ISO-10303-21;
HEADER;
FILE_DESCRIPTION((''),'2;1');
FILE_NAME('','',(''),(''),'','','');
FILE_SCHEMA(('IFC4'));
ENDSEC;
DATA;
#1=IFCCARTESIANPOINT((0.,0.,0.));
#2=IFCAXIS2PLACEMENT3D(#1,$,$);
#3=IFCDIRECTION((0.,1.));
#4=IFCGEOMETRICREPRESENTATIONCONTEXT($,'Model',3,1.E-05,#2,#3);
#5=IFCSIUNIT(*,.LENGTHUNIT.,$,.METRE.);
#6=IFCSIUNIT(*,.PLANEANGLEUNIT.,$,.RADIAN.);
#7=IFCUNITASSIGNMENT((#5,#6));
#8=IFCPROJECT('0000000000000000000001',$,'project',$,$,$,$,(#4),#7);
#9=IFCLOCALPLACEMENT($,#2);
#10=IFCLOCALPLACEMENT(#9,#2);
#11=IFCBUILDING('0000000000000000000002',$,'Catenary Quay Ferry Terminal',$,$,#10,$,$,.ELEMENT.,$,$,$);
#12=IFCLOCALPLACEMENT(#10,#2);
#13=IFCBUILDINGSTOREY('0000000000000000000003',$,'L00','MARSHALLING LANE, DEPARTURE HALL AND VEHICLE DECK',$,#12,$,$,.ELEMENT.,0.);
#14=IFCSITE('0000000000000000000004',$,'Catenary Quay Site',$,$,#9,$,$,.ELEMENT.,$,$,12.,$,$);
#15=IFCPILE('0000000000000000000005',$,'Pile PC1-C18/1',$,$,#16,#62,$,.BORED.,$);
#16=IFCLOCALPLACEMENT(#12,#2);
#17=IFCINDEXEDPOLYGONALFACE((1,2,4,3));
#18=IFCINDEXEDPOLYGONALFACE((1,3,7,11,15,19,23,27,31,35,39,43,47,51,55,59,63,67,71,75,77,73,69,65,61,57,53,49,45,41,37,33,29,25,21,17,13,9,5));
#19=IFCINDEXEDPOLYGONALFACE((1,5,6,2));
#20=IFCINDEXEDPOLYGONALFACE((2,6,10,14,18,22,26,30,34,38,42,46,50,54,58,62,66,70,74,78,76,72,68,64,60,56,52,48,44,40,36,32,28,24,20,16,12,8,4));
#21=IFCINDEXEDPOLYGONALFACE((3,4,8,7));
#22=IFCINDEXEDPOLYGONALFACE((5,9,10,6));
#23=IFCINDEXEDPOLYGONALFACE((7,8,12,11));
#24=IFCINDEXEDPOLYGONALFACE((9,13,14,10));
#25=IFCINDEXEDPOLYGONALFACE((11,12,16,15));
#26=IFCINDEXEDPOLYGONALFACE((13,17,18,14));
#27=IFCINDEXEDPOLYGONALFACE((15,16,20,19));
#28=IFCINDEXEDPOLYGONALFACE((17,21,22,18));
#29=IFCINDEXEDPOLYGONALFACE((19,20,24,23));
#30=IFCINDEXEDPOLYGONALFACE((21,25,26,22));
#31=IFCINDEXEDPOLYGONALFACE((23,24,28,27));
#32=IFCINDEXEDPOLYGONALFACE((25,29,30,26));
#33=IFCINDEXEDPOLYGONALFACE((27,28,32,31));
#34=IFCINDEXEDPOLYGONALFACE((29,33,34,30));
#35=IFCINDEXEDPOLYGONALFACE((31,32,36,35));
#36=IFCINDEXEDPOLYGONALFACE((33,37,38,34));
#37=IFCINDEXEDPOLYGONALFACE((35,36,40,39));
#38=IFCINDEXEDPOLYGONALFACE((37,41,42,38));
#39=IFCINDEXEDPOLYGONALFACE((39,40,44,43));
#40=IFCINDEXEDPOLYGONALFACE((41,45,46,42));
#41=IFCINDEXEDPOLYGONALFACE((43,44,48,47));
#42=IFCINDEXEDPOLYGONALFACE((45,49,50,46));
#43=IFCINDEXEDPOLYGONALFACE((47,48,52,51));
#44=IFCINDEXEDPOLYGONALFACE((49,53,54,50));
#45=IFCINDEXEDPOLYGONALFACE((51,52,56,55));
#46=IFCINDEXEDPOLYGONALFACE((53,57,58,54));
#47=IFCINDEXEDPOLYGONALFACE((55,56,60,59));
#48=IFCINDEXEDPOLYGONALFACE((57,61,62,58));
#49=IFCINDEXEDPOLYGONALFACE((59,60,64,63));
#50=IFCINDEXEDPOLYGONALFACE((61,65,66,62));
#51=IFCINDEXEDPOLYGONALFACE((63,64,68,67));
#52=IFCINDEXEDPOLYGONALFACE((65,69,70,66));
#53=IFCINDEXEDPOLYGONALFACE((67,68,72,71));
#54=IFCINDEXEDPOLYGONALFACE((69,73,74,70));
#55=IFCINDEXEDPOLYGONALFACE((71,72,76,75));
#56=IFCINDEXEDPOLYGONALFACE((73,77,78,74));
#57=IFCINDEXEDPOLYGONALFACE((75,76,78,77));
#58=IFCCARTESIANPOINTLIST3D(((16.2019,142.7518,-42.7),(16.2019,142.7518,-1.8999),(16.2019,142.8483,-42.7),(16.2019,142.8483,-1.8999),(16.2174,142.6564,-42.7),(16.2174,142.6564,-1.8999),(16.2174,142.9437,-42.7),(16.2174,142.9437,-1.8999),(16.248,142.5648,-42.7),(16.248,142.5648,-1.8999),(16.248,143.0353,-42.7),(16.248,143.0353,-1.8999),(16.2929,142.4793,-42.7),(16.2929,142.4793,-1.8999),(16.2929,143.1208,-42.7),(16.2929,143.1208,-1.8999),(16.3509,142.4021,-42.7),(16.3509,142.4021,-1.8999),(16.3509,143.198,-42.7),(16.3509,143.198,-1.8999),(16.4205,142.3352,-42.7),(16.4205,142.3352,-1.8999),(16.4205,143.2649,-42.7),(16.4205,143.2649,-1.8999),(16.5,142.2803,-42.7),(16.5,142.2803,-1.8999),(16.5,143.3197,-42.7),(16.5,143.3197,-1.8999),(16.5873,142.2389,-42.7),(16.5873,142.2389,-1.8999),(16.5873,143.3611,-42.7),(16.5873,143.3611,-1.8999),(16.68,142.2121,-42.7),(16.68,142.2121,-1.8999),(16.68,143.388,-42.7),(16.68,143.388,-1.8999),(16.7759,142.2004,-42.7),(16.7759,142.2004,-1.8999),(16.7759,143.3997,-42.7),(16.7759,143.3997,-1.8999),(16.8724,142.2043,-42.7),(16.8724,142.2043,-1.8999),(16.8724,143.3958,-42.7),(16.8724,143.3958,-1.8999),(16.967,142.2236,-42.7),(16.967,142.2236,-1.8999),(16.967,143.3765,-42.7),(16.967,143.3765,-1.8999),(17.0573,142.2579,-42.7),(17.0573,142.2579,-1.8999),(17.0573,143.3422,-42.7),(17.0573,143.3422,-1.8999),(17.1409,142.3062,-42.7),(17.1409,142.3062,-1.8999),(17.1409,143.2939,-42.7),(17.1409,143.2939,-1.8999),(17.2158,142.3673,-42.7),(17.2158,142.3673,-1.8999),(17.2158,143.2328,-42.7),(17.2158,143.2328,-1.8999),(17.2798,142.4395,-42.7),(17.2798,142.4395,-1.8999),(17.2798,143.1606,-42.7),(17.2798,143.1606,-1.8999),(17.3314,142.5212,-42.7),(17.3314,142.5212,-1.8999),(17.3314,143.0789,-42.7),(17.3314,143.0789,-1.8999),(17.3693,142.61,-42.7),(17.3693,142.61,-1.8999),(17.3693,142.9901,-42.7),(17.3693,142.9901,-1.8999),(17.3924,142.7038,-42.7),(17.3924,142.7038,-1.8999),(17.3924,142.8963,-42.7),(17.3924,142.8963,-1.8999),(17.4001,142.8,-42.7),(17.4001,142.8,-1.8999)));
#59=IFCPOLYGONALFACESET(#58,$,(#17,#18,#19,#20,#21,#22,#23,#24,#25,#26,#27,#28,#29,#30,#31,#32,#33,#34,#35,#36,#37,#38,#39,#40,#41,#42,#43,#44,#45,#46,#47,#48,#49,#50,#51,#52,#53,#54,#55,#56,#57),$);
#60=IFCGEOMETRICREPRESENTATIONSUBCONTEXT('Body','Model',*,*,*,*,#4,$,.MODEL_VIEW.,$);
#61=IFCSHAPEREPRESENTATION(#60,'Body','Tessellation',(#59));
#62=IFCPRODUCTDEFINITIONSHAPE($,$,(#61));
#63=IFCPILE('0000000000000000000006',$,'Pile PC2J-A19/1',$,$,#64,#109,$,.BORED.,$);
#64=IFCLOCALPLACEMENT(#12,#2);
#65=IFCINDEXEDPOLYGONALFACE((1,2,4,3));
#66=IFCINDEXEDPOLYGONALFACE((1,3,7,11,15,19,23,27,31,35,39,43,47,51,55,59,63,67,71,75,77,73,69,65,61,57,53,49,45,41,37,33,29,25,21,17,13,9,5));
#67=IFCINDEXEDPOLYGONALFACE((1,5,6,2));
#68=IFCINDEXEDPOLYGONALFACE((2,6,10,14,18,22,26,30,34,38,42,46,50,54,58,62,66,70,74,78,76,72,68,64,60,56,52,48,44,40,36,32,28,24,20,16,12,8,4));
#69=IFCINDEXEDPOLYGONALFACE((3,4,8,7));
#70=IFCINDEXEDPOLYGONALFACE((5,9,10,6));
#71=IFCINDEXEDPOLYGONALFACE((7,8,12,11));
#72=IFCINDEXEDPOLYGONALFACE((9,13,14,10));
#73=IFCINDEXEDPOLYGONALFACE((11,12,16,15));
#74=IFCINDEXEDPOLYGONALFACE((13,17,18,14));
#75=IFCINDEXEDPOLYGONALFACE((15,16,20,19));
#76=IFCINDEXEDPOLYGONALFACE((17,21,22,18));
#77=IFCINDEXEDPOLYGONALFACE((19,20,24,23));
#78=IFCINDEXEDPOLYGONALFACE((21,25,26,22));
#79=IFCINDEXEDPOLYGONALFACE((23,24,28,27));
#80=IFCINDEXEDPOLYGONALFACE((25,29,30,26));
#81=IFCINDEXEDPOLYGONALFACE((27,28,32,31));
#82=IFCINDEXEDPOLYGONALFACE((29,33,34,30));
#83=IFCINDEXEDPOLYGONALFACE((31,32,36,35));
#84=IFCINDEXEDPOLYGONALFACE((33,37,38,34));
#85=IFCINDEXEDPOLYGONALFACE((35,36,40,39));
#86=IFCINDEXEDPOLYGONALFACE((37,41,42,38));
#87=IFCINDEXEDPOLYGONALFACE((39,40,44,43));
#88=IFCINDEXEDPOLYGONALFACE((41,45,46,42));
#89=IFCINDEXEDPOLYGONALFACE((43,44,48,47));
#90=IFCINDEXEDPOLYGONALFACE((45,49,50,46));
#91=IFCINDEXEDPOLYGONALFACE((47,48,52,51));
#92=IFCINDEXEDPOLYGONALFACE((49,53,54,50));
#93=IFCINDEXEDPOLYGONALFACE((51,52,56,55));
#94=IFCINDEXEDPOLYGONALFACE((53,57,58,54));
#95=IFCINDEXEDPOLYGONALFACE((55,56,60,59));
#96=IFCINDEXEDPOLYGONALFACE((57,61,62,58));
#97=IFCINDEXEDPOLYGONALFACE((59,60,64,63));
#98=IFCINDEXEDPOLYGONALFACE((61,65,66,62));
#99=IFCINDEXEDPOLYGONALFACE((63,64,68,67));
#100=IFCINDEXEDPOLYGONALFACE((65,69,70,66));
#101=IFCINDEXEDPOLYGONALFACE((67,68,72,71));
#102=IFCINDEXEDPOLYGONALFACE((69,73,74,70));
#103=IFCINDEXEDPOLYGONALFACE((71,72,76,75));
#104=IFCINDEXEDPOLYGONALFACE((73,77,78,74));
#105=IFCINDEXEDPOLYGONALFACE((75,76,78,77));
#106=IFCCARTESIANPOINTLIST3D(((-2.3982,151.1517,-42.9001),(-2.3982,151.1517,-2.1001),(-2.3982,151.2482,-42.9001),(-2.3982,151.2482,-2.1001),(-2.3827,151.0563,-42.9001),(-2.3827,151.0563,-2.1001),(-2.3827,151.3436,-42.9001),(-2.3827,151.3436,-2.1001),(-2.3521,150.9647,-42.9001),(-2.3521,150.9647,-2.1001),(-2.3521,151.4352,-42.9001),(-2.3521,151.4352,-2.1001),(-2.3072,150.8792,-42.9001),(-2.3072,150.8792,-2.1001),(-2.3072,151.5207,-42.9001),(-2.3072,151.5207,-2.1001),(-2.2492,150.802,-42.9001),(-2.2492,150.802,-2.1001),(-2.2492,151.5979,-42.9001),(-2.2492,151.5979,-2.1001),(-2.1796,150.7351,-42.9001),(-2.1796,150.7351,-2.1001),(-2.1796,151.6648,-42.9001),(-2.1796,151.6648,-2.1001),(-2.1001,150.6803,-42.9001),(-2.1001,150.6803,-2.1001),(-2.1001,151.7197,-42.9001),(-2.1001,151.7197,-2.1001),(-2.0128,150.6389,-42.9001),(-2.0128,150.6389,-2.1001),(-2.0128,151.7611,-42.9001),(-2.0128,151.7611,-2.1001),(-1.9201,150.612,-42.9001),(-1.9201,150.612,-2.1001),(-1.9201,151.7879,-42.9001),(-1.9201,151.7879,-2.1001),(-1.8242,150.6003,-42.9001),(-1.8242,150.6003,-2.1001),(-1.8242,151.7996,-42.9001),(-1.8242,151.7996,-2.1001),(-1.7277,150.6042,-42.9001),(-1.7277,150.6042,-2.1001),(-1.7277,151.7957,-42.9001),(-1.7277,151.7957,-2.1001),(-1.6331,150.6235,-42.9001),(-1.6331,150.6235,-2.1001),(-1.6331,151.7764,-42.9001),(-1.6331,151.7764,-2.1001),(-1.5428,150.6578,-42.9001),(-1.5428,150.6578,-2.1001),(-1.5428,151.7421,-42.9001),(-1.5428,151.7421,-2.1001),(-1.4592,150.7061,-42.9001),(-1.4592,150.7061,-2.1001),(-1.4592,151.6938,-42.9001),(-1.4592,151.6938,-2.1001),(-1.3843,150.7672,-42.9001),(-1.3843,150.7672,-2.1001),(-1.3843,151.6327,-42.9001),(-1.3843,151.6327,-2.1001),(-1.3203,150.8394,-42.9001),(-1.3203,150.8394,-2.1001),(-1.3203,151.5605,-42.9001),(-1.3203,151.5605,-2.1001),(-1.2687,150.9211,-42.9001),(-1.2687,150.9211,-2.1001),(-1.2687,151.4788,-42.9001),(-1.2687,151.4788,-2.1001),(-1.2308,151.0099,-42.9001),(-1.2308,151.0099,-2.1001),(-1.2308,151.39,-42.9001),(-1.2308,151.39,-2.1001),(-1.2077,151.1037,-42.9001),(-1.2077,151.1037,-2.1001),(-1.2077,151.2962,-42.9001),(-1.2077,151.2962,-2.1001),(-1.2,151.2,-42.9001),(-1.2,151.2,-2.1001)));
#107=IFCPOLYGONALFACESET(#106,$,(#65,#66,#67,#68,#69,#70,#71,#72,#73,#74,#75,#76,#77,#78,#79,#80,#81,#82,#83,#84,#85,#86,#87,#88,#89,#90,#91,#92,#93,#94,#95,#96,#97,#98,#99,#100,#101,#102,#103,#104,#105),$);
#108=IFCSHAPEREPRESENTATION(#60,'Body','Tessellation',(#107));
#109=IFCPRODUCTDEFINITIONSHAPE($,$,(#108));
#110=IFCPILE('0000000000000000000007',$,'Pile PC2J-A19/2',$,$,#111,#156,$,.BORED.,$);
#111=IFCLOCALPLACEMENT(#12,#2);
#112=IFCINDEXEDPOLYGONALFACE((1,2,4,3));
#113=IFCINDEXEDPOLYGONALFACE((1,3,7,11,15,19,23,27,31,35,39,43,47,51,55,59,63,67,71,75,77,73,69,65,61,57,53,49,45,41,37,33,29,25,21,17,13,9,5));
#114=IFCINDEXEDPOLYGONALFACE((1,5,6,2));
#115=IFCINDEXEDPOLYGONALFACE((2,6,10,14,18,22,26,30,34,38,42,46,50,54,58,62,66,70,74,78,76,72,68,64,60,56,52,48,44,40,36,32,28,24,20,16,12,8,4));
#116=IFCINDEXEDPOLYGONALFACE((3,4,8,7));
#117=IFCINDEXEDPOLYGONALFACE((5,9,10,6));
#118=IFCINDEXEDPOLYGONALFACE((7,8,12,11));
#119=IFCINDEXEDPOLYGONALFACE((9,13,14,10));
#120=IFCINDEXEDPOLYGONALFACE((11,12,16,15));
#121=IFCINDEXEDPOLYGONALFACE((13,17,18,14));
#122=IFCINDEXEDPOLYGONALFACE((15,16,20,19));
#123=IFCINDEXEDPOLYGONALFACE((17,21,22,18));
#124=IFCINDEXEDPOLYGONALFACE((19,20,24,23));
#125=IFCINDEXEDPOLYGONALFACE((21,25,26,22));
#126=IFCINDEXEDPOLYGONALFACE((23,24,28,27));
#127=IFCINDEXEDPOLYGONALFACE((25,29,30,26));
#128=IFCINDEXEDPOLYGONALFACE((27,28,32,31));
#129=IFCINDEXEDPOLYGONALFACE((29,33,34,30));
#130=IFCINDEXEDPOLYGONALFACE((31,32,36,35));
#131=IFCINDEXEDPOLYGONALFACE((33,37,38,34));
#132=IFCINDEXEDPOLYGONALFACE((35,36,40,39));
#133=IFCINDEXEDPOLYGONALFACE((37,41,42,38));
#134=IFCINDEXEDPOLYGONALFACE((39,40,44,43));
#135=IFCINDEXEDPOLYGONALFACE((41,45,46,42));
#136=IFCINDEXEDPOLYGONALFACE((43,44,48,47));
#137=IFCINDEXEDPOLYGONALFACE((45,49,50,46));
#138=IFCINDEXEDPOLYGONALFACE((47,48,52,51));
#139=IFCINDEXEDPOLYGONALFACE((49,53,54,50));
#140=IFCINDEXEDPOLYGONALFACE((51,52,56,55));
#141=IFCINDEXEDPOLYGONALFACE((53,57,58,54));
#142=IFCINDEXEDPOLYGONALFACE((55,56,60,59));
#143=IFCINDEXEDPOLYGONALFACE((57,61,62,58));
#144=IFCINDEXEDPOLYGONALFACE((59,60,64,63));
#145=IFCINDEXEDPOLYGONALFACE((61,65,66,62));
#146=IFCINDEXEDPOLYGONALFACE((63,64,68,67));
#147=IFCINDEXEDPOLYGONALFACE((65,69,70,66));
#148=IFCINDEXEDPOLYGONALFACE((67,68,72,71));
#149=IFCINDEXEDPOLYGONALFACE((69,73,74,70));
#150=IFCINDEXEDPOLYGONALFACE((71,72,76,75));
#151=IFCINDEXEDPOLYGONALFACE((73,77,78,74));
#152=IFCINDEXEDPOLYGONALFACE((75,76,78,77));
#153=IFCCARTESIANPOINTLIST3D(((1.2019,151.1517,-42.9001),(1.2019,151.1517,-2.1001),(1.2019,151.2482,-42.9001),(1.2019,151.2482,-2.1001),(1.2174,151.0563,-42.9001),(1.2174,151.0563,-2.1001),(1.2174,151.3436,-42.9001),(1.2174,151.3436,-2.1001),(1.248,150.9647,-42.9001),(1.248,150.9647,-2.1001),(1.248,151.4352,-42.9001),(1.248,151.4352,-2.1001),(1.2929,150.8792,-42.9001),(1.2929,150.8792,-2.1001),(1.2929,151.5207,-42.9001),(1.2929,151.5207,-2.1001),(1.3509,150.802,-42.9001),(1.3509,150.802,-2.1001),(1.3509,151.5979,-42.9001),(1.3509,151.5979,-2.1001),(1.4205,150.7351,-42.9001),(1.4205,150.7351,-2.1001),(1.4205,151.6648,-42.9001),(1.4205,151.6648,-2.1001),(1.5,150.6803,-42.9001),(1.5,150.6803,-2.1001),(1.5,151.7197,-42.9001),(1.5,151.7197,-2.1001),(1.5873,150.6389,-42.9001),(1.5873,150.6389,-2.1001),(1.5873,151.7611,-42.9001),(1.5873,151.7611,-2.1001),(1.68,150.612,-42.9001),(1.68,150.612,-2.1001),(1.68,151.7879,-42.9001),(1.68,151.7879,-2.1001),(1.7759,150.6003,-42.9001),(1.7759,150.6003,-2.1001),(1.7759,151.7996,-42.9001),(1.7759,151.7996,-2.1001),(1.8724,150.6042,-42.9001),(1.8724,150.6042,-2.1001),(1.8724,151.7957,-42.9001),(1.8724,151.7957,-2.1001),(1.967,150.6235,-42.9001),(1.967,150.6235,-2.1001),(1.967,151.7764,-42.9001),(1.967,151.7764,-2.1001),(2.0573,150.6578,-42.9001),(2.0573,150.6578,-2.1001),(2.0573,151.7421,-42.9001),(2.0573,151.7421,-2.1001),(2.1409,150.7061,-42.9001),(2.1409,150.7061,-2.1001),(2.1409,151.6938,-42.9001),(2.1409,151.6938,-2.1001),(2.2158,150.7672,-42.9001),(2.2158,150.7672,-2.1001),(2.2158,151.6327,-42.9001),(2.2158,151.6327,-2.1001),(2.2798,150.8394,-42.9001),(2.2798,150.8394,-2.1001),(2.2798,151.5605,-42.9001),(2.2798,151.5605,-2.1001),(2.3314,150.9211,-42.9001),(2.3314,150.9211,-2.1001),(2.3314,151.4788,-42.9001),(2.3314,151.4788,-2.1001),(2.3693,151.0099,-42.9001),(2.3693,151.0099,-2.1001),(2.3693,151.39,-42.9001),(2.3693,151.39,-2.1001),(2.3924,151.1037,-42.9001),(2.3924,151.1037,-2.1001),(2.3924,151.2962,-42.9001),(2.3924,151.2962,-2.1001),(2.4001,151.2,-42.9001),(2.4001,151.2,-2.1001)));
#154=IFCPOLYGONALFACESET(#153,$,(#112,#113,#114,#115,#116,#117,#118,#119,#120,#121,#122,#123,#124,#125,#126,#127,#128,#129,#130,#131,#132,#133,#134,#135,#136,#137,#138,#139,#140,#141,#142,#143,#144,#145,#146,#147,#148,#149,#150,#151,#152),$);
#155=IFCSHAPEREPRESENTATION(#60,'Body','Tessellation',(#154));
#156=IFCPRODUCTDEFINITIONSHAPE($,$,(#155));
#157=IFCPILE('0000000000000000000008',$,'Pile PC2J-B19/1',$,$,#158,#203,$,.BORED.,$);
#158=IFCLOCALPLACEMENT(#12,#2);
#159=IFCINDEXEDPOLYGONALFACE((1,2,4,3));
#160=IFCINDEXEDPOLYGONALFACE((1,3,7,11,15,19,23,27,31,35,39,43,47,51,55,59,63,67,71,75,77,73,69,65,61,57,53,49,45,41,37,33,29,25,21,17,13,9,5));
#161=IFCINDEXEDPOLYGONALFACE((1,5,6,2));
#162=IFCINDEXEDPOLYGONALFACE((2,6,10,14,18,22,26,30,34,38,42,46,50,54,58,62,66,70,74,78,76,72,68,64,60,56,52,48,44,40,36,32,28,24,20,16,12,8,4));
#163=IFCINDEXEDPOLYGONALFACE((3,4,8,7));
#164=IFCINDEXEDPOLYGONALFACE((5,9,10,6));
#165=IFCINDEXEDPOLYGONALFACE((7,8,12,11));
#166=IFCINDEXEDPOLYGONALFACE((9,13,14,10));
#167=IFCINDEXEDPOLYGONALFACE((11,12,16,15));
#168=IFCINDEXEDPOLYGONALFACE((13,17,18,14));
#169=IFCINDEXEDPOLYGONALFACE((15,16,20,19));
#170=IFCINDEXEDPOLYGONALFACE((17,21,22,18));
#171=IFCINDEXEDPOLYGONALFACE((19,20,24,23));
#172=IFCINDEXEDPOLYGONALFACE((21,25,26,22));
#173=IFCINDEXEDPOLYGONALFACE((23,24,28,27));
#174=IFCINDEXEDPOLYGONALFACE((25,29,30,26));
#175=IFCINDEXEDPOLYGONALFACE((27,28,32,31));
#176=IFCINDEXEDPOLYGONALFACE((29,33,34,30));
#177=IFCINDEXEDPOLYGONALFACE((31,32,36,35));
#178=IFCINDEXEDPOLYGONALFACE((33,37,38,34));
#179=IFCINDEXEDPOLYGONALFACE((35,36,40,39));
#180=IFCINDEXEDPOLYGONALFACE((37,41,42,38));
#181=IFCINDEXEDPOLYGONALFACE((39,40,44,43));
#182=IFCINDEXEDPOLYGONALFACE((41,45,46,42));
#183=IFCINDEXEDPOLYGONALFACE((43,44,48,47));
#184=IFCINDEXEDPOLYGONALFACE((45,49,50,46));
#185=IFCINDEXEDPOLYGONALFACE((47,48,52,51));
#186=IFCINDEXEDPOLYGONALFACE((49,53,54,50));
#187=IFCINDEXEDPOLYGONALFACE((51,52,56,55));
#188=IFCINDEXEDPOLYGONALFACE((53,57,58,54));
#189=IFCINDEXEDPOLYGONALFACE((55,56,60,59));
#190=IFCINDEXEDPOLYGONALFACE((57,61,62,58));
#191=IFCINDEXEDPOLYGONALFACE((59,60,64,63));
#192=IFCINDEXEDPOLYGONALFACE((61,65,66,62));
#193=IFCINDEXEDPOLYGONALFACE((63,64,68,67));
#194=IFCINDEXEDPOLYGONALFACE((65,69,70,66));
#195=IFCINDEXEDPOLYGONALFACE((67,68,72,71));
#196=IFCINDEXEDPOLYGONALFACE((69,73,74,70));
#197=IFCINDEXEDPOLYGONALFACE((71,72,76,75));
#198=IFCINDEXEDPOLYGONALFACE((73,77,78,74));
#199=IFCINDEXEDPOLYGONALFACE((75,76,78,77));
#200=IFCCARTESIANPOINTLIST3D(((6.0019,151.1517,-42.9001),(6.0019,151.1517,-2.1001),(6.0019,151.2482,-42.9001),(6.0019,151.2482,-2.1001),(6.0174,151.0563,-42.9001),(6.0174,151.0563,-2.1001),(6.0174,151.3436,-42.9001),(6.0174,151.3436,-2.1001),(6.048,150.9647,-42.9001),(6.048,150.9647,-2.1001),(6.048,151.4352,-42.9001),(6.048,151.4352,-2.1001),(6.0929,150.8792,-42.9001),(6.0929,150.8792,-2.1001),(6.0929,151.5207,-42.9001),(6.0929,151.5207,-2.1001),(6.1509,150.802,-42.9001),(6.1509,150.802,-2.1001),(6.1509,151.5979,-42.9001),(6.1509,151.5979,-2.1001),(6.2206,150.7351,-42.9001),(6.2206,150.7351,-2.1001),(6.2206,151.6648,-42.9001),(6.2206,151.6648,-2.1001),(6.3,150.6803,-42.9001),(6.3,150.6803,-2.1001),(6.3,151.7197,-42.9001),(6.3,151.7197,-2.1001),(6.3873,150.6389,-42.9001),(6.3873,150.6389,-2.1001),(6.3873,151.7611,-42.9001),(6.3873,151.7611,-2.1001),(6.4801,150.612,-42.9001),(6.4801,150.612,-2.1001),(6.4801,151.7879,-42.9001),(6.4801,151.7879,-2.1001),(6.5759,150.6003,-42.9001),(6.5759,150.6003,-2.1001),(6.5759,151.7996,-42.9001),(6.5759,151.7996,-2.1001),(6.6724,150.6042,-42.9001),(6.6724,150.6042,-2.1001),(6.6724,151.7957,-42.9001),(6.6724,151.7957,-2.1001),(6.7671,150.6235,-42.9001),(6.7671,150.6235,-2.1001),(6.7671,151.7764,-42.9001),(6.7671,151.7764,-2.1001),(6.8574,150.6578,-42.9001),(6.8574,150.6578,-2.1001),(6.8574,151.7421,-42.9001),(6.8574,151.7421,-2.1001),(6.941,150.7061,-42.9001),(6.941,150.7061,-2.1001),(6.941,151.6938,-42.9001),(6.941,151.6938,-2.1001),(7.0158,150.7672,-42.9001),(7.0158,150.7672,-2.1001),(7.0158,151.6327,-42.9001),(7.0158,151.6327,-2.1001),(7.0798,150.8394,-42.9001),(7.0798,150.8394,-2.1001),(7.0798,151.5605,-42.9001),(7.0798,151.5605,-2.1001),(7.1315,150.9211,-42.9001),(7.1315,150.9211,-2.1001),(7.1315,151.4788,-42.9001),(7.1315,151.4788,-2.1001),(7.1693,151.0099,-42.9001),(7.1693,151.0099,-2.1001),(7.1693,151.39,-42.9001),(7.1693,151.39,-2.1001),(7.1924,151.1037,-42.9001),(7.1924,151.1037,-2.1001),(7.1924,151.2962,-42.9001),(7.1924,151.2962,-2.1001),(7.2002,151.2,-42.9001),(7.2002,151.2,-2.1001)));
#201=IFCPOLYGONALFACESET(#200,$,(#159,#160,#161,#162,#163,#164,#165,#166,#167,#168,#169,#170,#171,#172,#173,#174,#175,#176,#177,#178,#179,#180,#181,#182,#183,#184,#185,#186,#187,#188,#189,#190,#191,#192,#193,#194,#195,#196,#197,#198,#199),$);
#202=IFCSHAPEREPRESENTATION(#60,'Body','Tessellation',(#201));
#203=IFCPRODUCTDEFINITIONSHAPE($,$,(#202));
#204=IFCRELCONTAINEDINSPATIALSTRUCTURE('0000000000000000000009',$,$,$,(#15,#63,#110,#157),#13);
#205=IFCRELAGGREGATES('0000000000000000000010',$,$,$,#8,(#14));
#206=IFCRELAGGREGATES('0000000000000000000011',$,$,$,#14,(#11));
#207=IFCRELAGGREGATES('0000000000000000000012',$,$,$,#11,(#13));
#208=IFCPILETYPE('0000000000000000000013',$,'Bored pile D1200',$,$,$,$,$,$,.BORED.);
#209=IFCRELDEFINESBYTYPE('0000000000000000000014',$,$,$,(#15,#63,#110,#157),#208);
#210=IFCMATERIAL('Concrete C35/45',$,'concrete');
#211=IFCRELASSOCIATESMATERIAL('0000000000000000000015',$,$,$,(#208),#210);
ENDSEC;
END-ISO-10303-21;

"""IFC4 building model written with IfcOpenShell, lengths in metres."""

from ifc_helpers import new_model, si_unit, direction, frame, origin, origin_2d, place, context, subcontext, project, spatial, circle, extrude, material, material_profile, profile_set, type_object, element, save


model = new_model("IFC4")

# Units and contexts
model_context = context("Model", 3, precision=1e-05, world=origin(), true_north=direction((0.0, 1.0)))
body_context = subcontext(model_context, "Body", "Model", "MODEL_VIEW")
ifc_project = project(units=[si_unit("LENGTHUNIT", "METRE"), si_unit("PLANEANGLEUNIT", "RADIAN")], contexts=[model_context])

# Site, building, storey
site_placement = place(None, origin())
site = spatial("IfcSite", under=ifc_project, at=site_placement, Name="Catenary Quay Site", CompositionType="ELEMENT", RefElevation=12.0)
building_placement = place(site_placement, origin())
building = spatial("IfcBuilding", under=site, at=building_placement, Name="Catenary Quay Ferry Terminal", CompositionType="ELEMENT")
storey_placement = place(building_placement, origin())
storey = spatial("IfcBuildingStorey", under=building, at=storey_placement, Name="L00", Description="MARSHALLING LANE, DEPARTURE HALL AND VEHICLE DECK", CompositionType="ELEMENT", Elevation=0.0)

# Piles
ifc_material_1 = material(Name="Concrete C35/45", Category="concrete")
ifc_material_profile_1 = material_profile(ifc_material_1, circle(Radius=0.6001, at=origin_2d()), Name="D1200")
ifc_profile_set_1 = profile_set([ifc_material_profile_1], Name="Concrete C35/45")
pile_type = type_object("IfcPileType", Name="Bored pile D1200", PredefinedType="BORED", material=ifc_profile_set_1)
for number, where, z_axis, x_axis, name in (
    (1, (16.8, 142.8, -1.8999), (0.0, 0.0, -1.0), (1.0, 0.0, 0.0), "Pile PC1-C18/1"),
    (2, (-1.8, 151.2, -2.1001), (0.0, 0.0, -1.0), (1.0, 0.0, 0.0), "Pile PC2J-A19/1"),
    (3, (1.8, 151.2, -2.1001), (0.0, 0.0, -1.0), (1.0, 0.0, 0.0), "Pile PC2J-A19/2"),
    (4, (6.6001, 151.2, -2.1001), (0.0, 0.0, -1.0), (1.0, 0.0, 0.0), "Pile PC2J-B19/1"),
):
    element("IfcPile", number, at=place(storey_placement, frame(where, z_axis=z_axis, x_axis=x_axis)), inside=storey, type_object=pile_type, Name=name, PredefinedType="BORED", context=body_context, shape_type="SweptSolid", body=[
        extrude(circle(Radius=0.6001, at=origin_2d()), origin(), (0.0, 0.0, 1.0), 40.8),
    ])

save(model, "model.ifc")
